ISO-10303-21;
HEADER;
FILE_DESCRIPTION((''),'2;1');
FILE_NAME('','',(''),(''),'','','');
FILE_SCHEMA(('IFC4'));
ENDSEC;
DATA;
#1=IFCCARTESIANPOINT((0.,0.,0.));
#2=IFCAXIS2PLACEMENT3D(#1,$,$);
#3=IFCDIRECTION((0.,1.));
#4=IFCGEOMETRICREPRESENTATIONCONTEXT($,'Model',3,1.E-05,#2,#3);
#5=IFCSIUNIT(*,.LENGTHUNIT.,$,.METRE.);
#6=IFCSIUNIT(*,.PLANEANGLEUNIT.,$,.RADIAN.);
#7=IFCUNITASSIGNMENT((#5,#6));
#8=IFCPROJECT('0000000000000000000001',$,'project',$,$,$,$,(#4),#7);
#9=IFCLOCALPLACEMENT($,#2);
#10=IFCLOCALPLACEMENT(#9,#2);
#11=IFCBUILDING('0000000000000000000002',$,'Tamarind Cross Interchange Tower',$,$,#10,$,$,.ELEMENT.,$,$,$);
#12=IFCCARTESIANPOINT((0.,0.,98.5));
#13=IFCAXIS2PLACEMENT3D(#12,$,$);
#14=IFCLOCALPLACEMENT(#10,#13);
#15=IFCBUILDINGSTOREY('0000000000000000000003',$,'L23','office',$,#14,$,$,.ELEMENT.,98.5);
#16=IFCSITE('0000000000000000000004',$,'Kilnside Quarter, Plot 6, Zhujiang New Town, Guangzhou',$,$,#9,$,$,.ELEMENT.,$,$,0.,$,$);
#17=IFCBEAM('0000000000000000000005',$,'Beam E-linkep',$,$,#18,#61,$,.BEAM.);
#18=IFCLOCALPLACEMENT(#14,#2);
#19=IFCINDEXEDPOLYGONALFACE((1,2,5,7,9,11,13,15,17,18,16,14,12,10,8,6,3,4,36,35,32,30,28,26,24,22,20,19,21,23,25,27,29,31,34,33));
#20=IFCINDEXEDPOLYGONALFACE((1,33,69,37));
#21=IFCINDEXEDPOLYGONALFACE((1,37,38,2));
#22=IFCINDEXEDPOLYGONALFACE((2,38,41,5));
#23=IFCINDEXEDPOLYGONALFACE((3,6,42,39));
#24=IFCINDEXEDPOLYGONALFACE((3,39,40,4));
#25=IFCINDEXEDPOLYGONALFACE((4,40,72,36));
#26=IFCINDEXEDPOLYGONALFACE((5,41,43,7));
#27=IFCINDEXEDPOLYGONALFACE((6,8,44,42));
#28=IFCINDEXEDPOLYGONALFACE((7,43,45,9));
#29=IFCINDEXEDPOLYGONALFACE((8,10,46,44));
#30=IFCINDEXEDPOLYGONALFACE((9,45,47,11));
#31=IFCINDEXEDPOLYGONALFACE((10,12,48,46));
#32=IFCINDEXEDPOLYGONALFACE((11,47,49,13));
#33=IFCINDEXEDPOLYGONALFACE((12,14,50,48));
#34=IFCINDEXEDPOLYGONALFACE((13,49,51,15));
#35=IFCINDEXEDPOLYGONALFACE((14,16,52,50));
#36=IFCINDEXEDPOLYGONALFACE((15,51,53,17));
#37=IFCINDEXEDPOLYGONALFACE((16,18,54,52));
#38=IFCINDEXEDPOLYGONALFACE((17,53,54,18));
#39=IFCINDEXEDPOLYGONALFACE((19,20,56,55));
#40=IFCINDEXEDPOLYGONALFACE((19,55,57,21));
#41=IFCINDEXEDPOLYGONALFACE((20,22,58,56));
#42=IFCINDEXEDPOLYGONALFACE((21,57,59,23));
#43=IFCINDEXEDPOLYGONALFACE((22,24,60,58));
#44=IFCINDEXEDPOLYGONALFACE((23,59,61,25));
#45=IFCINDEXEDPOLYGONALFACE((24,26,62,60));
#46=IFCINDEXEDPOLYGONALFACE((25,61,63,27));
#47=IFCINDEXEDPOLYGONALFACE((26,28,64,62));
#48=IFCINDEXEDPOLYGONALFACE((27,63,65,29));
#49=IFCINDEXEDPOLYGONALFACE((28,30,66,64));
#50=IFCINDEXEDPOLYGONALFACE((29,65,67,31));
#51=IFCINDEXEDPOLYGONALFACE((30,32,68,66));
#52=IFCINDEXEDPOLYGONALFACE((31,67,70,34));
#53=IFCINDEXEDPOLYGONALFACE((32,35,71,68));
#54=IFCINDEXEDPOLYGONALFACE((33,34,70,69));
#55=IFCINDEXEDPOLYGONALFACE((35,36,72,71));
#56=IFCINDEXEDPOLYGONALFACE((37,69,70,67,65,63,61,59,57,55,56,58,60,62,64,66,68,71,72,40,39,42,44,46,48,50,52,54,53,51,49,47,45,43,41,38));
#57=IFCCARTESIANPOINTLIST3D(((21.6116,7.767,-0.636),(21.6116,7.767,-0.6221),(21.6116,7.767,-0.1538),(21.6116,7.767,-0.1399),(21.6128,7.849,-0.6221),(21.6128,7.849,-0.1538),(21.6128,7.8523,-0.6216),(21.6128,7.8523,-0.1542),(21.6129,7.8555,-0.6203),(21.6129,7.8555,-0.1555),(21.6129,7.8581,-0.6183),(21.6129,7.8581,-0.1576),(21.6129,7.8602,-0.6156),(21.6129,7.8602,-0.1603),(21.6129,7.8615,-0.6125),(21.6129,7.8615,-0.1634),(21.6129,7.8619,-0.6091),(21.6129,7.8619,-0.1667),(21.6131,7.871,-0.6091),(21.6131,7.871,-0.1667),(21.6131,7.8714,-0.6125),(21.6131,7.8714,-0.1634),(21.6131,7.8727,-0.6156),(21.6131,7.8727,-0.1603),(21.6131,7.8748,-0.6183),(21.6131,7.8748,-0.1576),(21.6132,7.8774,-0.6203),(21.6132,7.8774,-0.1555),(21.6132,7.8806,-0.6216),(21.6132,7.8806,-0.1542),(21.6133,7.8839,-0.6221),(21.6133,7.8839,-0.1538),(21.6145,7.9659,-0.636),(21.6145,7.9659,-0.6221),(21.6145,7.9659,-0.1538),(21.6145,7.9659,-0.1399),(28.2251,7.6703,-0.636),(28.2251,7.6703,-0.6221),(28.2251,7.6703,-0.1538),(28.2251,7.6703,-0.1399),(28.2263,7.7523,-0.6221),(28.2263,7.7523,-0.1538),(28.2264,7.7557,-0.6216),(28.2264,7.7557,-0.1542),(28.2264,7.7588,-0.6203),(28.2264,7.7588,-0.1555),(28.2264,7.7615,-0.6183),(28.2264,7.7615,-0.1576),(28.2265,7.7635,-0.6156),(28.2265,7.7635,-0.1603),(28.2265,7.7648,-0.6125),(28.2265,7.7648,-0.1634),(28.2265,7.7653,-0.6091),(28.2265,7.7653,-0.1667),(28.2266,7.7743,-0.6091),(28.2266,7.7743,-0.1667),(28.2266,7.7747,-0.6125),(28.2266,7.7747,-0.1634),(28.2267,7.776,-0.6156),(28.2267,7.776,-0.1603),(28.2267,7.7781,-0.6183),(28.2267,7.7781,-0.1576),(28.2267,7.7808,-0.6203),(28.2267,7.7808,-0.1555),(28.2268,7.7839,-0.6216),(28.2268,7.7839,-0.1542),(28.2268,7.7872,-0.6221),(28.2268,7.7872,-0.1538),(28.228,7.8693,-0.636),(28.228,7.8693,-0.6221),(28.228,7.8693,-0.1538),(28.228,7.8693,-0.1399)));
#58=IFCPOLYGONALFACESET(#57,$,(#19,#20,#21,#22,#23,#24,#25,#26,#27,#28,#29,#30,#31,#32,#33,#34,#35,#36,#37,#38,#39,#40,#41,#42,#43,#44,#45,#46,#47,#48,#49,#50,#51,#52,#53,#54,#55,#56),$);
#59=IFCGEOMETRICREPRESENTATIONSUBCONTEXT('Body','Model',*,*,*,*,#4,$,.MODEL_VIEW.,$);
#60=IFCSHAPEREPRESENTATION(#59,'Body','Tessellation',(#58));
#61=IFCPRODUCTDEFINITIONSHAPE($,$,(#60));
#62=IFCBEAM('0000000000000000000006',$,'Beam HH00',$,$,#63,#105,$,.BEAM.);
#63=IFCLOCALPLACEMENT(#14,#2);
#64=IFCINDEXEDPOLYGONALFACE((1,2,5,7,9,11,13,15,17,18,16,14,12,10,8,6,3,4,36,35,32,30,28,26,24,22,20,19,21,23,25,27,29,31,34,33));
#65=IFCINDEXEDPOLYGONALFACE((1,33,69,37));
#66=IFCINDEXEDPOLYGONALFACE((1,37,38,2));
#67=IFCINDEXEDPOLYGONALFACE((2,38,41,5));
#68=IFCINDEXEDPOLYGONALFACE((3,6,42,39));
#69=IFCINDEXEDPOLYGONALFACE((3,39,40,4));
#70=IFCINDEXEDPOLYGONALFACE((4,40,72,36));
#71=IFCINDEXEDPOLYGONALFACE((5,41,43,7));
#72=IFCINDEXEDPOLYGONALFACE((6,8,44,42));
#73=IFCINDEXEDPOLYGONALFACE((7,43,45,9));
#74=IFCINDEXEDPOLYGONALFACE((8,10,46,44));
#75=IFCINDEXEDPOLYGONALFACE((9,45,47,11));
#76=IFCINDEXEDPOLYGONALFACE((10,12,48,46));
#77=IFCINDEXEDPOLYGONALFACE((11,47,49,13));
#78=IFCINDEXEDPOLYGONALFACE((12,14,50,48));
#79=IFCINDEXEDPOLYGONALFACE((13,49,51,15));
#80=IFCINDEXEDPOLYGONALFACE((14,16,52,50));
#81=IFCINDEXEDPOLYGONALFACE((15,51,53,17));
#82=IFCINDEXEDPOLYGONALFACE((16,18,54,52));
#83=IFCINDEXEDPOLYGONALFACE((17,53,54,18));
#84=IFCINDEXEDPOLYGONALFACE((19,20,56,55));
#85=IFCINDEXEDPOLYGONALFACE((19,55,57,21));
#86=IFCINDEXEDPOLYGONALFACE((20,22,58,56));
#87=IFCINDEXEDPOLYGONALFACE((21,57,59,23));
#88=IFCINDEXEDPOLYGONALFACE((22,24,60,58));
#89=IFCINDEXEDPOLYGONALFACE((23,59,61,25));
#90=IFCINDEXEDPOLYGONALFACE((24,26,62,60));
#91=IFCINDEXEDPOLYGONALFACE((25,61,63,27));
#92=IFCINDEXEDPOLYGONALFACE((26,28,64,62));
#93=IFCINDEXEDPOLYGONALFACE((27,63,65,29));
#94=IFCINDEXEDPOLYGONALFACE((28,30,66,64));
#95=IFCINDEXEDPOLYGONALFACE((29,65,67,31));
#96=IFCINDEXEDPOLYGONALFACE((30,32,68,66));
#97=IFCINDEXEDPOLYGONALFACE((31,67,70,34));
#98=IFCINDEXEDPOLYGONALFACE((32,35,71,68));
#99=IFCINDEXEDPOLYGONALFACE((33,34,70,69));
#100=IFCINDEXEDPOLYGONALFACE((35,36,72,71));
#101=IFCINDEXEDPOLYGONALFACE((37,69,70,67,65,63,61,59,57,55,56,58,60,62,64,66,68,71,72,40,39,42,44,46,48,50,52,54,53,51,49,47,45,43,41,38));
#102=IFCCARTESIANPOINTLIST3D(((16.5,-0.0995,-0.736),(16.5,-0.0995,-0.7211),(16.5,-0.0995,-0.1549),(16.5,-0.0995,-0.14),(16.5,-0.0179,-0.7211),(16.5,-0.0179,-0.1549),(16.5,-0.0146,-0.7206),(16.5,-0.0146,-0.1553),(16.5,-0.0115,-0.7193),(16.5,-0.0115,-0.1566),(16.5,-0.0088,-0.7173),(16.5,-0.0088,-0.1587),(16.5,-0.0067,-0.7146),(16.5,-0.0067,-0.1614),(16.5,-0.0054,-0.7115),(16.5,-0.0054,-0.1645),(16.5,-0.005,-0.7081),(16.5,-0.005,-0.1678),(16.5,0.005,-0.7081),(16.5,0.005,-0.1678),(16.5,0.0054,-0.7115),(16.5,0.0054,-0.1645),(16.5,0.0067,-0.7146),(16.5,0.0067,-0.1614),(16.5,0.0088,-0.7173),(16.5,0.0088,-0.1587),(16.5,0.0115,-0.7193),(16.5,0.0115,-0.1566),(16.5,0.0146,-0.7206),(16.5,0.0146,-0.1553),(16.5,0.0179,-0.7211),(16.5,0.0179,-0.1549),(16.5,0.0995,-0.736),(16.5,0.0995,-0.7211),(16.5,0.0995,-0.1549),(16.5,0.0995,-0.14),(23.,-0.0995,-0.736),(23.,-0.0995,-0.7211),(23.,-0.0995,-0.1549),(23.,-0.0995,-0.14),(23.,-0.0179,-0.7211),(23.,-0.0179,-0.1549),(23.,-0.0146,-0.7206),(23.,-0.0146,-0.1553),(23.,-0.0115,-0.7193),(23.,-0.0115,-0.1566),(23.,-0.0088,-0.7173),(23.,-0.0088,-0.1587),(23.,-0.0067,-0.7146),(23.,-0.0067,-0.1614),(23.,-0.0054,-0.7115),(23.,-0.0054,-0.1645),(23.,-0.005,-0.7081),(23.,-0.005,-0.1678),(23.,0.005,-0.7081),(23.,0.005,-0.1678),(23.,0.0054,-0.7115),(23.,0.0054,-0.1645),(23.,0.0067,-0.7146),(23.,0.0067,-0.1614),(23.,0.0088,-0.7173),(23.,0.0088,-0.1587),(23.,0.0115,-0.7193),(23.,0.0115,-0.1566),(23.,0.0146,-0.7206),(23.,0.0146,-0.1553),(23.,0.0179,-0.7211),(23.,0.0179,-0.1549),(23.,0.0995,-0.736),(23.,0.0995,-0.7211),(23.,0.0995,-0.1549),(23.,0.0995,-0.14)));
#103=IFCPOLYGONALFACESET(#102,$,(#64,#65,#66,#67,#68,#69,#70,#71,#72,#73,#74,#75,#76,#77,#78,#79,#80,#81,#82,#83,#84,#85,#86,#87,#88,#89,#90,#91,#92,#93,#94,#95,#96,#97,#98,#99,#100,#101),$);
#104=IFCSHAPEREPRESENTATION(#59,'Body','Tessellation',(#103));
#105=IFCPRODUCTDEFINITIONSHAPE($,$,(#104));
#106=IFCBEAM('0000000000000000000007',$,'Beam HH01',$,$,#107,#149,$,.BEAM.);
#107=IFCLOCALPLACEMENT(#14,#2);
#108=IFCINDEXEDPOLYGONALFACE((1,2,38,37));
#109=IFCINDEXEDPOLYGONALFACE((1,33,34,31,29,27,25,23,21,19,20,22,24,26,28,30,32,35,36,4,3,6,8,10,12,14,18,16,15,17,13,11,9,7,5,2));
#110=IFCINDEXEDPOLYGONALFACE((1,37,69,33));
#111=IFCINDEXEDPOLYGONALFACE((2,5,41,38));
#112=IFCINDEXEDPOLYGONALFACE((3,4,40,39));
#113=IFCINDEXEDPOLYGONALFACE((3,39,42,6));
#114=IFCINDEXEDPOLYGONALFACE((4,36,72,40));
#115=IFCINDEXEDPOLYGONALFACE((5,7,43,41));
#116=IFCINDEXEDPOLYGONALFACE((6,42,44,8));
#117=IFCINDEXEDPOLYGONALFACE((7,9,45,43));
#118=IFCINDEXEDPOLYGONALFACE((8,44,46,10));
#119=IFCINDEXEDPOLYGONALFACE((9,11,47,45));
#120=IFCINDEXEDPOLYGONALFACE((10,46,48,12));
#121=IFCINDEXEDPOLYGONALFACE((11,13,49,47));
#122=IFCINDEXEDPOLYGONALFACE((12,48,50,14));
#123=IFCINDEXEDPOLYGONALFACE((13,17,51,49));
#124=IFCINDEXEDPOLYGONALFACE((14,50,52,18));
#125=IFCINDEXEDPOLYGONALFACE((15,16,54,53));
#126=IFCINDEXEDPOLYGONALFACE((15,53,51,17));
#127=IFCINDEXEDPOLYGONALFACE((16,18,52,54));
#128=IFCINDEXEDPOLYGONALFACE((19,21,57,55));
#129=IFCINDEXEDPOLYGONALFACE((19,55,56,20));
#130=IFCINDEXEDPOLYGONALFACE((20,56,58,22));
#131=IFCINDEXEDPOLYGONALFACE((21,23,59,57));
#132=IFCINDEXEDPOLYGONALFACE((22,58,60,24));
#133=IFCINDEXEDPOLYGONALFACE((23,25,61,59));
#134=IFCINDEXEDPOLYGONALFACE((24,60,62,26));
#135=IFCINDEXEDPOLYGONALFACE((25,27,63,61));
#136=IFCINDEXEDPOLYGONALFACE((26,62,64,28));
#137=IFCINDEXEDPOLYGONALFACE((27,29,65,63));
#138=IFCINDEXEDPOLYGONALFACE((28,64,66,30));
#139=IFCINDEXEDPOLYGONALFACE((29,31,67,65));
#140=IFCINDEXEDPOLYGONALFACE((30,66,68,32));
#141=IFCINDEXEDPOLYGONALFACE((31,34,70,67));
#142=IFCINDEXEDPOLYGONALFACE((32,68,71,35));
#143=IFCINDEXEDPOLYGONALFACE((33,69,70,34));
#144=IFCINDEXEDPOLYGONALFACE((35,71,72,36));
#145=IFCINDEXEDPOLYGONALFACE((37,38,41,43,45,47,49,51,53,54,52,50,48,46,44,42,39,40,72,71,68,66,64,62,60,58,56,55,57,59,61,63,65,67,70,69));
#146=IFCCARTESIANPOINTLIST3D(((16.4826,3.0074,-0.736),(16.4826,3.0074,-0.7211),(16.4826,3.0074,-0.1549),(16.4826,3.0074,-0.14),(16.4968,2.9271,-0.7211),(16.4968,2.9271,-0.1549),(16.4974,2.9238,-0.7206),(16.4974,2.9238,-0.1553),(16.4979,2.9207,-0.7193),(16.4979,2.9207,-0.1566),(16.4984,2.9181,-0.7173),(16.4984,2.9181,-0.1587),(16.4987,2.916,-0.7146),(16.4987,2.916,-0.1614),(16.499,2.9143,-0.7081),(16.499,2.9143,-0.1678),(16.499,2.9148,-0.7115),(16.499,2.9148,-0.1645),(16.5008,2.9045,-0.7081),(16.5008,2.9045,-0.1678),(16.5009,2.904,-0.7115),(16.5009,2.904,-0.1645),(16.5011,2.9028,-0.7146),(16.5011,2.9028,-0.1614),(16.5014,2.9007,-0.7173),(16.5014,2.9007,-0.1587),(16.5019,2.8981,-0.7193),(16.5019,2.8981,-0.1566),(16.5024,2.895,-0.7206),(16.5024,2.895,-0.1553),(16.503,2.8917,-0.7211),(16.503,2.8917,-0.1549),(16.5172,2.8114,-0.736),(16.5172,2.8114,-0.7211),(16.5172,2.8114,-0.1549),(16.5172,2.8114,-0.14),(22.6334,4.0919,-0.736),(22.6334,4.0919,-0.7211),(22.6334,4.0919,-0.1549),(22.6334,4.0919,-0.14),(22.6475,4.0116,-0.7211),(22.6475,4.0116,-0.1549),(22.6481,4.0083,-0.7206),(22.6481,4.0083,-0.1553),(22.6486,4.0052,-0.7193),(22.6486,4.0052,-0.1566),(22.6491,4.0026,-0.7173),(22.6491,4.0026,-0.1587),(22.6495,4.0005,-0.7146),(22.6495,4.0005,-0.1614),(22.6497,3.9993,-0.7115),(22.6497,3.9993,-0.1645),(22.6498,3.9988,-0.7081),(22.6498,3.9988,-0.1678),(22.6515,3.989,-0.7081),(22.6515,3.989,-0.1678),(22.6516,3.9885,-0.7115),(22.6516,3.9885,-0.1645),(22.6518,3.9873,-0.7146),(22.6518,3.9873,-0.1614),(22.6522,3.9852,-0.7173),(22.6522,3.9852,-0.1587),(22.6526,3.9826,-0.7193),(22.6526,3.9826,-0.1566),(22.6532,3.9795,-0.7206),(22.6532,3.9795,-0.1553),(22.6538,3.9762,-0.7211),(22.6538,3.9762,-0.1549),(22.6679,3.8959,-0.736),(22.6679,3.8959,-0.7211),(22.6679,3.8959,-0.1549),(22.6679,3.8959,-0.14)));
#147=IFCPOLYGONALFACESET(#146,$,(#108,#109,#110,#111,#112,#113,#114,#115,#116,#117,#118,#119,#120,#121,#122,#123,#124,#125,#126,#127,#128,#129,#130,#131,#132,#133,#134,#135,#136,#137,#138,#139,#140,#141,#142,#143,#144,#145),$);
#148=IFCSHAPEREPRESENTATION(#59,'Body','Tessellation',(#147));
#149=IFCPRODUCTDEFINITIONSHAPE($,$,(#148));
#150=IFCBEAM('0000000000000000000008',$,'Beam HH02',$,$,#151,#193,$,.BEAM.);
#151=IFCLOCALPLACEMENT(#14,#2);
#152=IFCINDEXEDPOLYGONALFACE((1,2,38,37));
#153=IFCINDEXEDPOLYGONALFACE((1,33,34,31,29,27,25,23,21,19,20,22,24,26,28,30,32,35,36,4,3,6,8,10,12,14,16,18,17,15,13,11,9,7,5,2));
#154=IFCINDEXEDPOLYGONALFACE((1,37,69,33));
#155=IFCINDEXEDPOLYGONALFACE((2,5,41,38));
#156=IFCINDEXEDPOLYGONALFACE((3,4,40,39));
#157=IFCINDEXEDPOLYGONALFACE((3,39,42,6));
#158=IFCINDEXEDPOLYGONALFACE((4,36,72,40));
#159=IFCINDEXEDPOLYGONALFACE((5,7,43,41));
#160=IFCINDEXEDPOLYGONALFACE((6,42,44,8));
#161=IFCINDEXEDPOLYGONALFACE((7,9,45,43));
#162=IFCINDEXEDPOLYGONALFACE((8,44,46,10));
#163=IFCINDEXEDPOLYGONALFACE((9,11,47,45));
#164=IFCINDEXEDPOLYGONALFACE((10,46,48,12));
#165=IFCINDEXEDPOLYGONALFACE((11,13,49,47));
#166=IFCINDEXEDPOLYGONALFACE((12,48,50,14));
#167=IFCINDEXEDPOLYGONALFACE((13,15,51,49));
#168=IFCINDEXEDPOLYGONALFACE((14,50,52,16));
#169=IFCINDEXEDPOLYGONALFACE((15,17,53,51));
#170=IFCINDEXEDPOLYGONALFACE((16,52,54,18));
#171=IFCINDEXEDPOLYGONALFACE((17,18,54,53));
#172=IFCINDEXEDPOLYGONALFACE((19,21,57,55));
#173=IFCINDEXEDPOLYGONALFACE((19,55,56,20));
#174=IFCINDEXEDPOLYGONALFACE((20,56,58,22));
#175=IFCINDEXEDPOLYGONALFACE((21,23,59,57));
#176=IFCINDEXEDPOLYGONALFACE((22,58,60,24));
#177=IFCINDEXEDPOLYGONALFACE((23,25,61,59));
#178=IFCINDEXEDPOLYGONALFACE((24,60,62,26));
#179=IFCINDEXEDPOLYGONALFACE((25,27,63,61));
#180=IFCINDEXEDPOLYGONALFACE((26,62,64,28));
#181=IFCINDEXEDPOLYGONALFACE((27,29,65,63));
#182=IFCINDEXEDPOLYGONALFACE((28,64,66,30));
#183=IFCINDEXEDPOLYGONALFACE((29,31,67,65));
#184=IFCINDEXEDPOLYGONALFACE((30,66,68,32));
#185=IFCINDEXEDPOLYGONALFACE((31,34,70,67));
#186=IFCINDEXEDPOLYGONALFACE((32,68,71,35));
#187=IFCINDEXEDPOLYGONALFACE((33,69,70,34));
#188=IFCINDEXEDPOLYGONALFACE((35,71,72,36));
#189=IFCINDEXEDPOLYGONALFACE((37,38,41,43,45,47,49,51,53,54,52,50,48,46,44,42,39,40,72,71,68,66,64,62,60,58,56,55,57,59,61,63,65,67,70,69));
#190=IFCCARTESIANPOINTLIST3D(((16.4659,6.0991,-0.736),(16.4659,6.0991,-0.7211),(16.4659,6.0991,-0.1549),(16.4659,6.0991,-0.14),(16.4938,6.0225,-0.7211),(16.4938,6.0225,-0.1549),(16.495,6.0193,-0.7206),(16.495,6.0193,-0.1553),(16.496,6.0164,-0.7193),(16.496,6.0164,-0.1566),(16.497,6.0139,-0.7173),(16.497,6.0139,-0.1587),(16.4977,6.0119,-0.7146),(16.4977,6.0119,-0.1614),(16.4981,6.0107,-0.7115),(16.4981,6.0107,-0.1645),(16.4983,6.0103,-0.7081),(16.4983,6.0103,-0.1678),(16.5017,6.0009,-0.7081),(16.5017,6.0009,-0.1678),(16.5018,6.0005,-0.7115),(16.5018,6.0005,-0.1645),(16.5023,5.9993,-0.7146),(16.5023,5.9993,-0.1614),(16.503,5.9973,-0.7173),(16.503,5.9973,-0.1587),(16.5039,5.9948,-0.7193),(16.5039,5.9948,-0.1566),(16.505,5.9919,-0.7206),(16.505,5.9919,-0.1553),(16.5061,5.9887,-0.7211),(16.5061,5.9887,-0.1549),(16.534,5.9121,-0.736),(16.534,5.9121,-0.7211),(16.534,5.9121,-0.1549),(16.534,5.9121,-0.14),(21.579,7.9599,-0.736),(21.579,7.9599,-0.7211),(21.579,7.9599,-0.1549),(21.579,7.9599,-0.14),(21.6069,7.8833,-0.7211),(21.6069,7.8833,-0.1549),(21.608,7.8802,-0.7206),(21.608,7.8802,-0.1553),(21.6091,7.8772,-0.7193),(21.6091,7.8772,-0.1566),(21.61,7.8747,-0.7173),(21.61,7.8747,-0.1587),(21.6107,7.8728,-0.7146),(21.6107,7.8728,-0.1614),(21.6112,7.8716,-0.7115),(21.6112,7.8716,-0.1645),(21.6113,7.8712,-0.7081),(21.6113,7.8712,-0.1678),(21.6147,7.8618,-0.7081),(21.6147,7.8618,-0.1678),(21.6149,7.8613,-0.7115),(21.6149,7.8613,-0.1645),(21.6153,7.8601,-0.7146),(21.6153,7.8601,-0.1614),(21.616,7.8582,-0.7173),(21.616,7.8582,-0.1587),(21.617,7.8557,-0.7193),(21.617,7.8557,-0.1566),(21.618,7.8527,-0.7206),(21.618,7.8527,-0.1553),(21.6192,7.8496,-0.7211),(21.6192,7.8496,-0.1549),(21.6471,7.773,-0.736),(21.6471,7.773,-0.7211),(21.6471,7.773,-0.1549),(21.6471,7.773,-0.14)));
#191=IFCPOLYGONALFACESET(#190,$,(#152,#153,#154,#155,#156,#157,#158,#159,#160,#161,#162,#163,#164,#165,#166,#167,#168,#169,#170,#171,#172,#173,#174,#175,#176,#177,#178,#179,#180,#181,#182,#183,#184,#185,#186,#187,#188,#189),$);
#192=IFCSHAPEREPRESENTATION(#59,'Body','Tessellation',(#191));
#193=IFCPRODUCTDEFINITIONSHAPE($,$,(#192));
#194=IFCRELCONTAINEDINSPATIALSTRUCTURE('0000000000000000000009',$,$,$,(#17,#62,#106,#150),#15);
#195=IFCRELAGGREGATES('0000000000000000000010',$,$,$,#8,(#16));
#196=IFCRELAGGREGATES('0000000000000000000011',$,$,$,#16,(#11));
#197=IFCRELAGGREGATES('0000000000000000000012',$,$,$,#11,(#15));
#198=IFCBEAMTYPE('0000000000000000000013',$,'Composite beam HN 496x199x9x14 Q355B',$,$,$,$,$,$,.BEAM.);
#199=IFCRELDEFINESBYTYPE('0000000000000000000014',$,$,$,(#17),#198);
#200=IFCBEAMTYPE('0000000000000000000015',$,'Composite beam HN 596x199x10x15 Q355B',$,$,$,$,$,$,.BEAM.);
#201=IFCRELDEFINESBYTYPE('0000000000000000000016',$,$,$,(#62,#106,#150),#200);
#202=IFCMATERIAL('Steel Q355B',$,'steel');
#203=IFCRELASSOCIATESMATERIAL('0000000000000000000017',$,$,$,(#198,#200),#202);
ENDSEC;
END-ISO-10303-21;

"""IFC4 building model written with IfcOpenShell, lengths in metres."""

from ifc_helpers import new_model, si_unit, direction, frame, origin, origin_2d, place, context, subcontext, project, spatial, i_section, extrude, material, material_profile, profile_set, type_object, element, save


model = new_model("IFC4")

# Units and contexts
model_context = context("Model", 3, precision=1e-05, world=origin(), true_north=direction((0.0, 1.0)))
body_context = subcontext(model_context, "Body", "Model", "MODEL_VIEW")
ifc_project = project(units=[si_unit("LENGTHUNIT", "METRE"), si_unit("PLANEANGLEUNIT", "RADIAN")], contexts=[model_context])

# Site, building, storey
site_placement = place(None, origin())
site = spatial("IfcSite", under=ifc_project, at=site_placement, Name="Kilnside Quarter, Plot 6, Zhujiang New Town, Guangzhou", CompositionType="ELEMENT", RefElevation=0.0)
building_placement = place(site_placement, origin())
building = spatial("IfcBuilding", under=site, at=building_placement, Name="Tamarind Cross Interchange Tower", CompositionType="ELEMENT")
storey_placement = place(building_placement, frame((0.0, 0.0, 98.5)))
storey = spatial("IfcBuildingStorey", under=building, at=storey_placement, Name="L23", Description="office", CompositionType="ELEMENT", Elevation=98.5)

# Beams
ifc_material_1 = material(Name="Steel Q355B", Category="steel")
ifc_material_profile_1 = material_profile(ifc_material_1, i_section(OverallWidth=0.199, OverallDepth=0.4961, WebThickness=0.009, FlangeThickness=0.0139, FilletRadius=0.0129, at=origin_2d()), Name="HN 496x199x9x14")
ifc_profile_set_1 = profile_set([ifc_material_profile_1], Name="Steel Q355B")
beam_type_1 = type_object("IfcBeamType", Name="Composite beam HN 496x199x9x14 Q355B", PredefinedType="BEAM", material=ifc_profile_set_1)
beam_1_placement = place(storey_placement, frame((28.2266, 7.7698, -0.3879), z_axis=(-0.999893, 0.014617, 0.0), x_axis=(-0.014617, -0.999893, 0.0)))
element("IfcBeam", 1, at=beam_1_placement, inside=storey, type_object=beam_type_1, Name="Beam E-linkep", PredefinedType="BEAM", context=body_context, shape_type="SweptSolid", body=[
    extrude(i_section(OverallWidth=0.199, OverallDepth=0.4961, WebThickness=0.009, FlangeThickness=0.0139, FilletRadius=0.0129, at=origin_2d()), origin(), (0.0, 0.0, 1.0), 6.6143),
])
ifc_material_profile_2 = material_profile(ifc_material_1, i_section(OverallWidth=0.199, OverallDepth=0.5959, WebThickness=0.01, FlangeThickness=0.0149, FilletRadius=0.0129, at=origin_2d()), Name="HN 596x199x10x15")
ifc_profile_set_2 = profile_set([ifc_material_profile_2], Name="Steel Q355B")
beam_type_2 = type_object("IfcBeamType", Name="Composite beam HN 596x199x10x15 Q355B", PredefinedType="BEAM", material=ifc_profile_set_2)
beam_2_placement = place(storey_placement, frame((23.0, 0.0, -0.438), z_axis=(-1.0, 0.0, 0.0), x_axis=(0.0, -1.0, 0.0)))
element("IfcBeam", 2, at=beam_2_placement, inside=storey, type_object=beam_type_2, Name="Beam HH00", PredefinedType="BEAM", context=body_context, shape_type="SweptSolid", body=[
    extrude(i_section(OverallWidth=0.199, OverallDepth=0.5959, WebThickness=0.01, FlangeThickness=0.0149, FilletRadius=0.0129, at=origin_2d()), origin(), (0.0, 0.0, 1.0), 6.5),
])
beam_3_placement = place(storey_placement, frame((22.6506, 3.9939, -0.438), z_axis=(-0.984809, -0.17364, 0.0), x_axis=(0.17364, -0.984809, 0.0)))
element("IfcBeam", 3, at=beam_3_placement, inside=storey, type_object=beam_type_2, Name="Beam HH01", PredefinedType="BEAM", context=body_context, shape_type="SweptSolid", body=[
    extrude(i_section(OverallWidth=0.199, OverallDepth=0.5959, WebThickness=0.01, FlangeThickness=0.0149, FilletRadius=0.0129, at=origin_2d()), origin(), (0.0, 0.0, 1.0), 6.2456),
])
beam_4_placement = place(storey_placement, frame((21.613, 7.8665, -0.438), z_axis=(-0.939702, -0.341995, 0.0), x_axis=(0.341995, -0.939702, 0.0)))
element("IfcBeam", 4, at=beam_4_placement, inside=storey, type_object=beam_type_2, Name="Beam HH02", PredefinedType="BEAM", context=body_context, shape_type="SweptSolid", body=[
    extrude(i_section(OverallWidth=0.199, OverallDepth=0.5959, WebThickness=0.01, FlangeThickness=0.0149, FilletRadius=0.0129, at=origin_2d()), origin(), (0.0, 0.0, 1.0), 5.4412),
])

save(model, "model.ifc")
